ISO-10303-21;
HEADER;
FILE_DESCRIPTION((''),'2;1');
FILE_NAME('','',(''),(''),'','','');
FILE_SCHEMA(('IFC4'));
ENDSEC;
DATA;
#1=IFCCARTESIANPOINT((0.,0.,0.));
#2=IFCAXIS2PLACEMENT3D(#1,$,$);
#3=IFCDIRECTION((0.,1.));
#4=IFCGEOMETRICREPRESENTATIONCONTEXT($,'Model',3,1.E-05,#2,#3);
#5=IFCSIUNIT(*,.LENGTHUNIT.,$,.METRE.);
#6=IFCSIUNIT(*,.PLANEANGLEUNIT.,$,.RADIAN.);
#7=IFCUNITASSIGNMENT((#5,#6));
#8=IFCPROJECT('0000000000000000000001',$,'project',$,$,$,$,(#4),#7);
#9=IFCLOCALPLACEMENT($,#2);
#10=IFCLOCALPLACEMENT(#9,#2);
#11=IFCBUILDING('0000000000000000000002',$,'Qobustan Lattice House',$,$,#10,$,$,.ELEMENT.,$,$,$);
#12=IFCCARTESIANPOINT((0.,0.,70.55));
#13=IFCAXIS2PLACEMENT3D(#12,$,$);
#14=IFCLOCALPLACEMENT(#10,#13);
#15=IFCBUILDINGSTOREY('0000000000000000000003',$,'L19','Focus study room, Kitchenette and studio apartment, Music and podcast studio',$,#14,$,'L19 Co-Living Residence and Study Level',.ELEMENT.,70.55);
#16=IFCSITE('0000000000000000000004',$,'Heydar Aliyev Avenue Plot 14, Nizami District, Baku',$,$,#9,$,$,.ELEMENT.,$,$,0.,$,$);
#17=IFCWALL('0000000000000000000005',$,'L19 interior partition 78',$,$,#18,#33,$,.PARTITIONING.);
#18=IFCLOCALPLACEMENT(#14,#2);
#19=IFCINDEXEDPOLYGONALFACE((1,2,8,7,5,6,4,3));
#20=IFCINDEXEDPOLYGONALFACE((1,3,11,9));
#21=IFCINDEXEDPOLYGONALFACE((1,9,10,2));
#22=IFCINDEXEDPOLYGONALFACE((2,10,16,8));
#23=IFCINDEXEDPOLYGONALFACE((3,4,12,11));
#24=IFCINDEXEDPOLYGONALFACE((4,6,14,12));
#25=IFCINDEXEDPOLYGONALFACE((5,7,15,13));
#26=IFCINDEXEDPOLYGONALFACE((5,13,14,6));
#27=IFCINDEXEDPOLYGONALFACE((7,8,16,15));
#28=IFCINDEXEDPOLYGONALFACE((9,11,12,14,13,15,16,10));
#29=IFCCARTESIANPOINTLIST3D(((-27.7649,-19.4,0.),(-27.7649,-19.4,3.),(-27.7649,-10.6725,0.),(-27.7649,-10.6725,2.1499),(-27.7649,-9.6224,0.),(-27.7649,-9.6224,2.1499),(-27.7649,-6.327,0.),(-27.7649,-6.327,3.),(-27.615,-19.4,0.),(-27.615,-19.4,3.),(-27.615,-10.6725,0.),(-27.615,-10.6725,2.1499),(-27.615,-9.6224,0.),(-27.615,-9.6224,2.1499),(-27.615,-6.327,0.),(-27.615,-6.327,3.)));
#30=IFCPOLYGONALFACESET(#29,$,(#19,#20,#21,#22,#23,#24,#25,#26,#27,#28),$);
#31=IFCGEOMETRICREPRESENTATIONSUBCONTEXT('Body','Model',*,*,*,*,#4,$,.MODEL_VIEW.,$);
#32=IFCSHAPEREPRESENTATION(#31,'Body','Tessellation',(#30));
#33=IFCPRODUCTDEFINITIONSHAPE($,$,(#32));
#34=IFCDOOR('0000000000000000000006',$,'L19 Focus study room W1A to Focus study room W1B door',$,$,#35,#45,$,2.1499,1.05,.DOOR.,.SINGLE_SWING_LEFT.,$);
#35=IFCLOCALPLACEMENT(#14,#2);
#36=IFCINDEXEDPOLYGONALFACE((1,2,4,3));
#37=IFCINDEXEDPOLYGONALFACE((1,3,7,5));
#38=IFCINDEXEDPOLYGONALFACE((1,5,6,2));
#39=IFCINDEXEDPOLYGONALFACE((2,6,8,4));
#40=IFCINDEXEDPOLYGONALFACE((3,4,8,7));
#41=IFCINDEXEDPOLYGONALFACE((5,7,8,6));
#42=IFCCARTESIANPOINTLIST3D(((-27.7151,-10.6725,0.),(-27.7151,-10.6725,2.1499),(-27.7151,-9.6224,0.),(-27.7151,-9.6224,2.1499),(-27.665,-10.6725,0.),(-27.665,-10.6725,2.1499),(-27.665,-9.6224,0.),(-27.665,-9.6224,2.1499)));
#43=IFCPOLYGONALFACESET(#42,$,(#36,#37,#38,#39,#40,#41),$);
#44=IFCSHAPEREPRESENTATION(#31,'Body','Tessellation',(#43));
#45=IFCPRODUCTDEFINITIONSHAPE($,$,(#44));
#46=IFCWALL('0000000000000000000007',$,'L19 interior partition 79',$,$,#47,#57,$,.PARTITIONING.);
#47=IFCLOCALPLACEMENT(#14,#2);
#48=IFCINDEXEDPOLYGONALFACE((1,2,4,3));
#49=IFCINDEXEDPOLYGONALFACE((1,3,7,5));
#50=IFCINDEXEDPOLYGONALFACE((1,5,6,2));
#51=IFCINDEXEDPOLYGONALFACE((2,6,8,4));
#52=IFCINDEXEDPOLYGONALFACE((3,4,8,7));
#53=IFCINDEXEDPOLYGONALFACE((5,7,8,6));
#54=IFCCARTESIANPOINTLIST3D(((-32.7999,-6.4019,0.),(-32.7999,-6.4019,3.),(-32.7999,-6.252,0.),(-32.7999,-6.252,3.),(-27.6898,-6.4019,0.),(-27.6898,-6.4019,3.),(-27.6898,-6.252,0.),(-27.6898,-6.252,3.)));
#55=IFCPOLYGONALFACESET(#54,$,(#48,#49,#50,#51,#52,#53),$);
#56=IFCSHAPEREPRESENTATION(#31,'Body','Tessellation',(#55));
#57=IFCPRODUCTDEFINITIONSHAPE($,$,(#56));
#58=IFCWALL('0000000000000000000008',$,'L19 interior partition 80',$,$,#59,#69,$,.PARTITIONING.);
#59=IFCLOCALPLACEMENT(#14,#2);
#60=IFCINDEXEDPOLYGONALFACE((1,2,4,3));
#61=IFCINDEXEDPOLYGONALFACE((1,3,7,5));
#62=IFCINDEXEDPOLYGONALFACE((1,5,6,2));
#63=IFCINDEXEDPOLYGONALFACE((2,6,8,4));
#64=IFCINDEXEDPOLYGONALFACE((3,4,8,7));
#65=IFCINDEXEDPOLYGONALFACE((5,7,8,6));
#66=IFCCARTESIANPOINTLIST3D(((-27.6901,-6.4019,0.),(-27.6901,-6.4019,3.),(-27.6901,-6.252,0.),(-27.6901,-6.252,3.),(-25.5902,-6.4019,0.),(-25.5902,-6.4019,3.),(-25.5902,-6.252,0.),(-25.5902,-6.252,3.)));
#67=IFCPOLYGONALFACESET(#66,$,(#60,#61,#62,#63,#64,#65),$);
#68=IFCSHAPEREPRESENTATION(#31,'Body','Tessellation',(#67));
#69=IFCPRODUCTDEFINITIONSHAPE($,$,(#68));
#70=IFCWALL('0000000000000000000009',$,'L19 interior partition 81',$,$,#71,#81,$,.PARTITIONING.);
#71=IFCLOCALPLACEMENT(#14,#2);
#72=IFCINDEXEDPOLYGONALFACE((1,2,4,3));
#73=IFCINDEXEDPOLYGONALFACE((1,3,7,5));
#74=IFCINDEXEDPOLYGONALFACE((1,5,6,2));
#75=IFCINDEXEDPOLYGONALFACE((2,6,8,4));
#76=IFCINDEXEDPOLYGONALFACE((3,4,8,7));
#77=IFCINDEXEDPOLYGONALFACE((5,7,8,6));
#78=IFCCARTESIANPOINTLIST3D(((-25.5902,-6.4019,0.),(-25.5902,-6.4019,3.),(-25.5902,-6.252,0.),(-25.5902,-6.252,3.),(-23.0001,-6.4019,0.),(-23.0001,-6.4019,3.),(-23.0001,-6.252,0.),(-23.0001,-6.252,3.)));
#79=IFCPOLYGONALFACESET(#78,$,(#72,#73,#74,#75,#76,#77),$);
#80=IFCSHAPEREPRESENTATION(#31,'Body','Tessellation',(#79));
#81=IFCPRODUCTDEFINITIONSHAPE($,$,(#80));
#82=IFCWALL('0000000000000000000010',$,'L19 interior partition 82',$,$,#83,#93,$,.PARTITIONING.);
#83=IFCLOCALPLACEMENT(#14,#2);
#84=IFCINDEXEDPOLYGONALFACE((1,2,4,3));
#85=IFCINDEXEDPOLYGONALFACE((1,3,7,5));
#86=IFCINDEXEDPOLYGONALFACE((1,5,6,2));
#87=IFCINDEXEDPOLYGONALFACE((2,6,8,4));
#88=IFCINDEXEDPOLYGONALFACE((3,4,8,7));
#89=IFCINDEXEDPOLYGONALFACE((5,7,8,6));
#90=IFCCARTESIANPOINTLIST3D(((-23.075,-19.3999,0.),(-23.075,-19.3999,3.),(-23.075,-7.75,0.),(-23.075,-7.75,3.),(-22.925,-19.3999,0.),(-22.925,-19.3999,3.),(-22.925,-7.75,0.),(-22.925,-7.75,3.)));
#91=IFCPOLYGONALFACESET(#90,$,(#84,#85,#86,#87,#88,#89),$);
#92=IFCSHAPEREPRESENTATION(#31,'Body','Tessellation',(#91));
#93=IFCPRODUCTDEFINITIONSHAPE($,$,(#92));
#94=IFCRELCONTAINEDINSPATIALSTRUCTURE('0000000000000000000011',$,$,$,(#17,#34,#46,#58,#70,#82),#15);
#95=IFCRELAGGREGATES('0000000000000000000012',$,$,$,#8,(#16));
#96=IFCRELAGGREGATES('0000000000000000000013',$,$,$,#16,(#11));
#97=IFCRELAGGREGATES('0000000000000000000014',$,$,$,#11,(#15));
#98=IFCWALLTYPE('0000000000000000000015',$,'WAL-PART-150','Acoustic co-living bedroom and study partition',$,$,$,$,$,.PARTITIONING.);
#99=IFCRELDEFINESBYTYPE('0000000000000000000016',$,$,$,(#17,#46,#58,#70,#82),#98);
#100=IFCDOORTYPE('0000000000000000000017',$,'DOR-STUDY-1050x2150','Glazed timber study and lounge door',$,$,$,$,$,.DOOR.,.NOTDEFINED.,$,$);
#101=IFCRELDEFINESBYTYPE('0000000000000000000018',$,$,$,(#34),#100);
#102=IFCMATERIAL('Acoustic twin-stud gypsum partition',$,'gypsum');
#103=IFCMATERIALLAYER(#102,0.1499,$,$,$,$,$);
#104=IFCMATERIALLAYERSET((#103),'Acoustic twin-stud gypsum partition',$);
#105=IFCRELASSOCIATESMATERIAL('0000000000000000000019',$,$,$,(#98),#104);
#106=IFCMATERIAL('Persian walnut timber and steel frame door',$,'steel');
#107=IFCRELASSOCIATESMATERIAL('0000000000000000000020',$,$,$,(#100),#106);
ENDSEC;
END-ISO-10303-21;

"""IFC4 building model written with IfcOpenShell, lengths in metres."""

from ifc_helpers import new_model, si_unit, direction, frame, frame_2d, origin, place, context, subcontext, project, spatial, rectangle, extrude, material, layer, layer_set, type_object, element, fill, save


model = new_model("IFC4")

# Units and contexts
model_context = context("Model", 3, precision=1e-05, world=origin(), true_north=direction((0.0, 1.0)))
body_context = subcontext(model_context, "Body", "Model", "MODEL_VIEW")
ifc_project = project(units=[si_unit("LENGTHUNIT", "METRE"), si_unit("PLANEANGLEUNIT", "RADIAN")], contexts=[model_context])

# Site, building, storey
site_placement = place(None, origin())
site = spatial("IfcSite", under=ifc_project, at=site_placement, Name="Heydar Aliyev Avenue Plot 14, Nizami District, Baku", CompositionType="ELEMENT", RefElevation=0.0)
building_placement = place(site_placement, origin())
building = spatial("IfcBuilding", under=site, at=building_placement, Name="Qobustan Lattice House", CompositionType="ELEMENT")
storey_placement = place(building_placement, frame((0.0, 0.0, 70.55)))
storey = spatial("IfcBuildingStorey", under=building, at=storey_placement, Name="L19", Description="Focus study room, Kitchenette and studio apartment, Music and podcast studio", LongName="L19 Co-Living Residence and Study Level", CompositionType="ELEMENT", Elevation=70.55)

# Shared definitions
ifc_material_1 = material(Name="Acoustic twin-stud gypsum partition", Category="gypsum")
ifc_layer_1 = layer(ifc_material_1, 0.1499)
ifc_layer_set_1 = layer_set([ifc_layer_1], Name="Acoustic twin-stud gypsum partition")
wall_type_1 = type_object("IfcWallType", Name="WAL-PART-150", Description="Acoustic co-living bedroom and study partition", PredefinedType="PARTITIONING", material=ifc_layer_set_1)
ifc_material_2 = material(Name="Persian walnut timber and steel frame door", Category="steel")
door_type_1 = type_object("IfcDoorType", Name="DOR-STUDY-1050x2150", Description="Glazed timber study and lounge door", OperationType="NOTDEFINED", PredefinedType="DOOR", material=ifc_material_2)

# Wall, opening, door
wall_1_placement = place(storey_placement, frame((-27.6899, -6.3269, 0.0), z_axis=(0.0, 0.0, 1.0), x_axis=(0.0, -1.0, 0.0)))
wall_1 = element("IfcWall", 1, at=wall_1_placement, inside=storey, type_object=wall_type_1, Name="L19 interior partition 78", PredefinedType="PARTITIONING", context=body_context, shape_type="SweptSolid", body=[
    extrude(rectangle(XDim=13.073, YDim=0.1499, at=frame_2d((6.5366, 0.0))), origin(), (0.0, 0.0, 1.0), 3.0),
])
opening_1_placement = place(wall_1_placement, frame((3.2957, 0.0, 0.0)))
opening_1 = element("IfcOpeningElement", 2, at=opening_1_placement, cuts=wall_1, PredefinedType="OPENING", context=body_context, shape_type="SweptSolid", body=[
    extrude(rectangle(XDim=1.05, YDim=2.1499, at=frame_2d((0.5249, 1.075))), frame((0.0, 0.085, 0.0), z_axis=(0.0, -1.0, 0.0), x_axis=(1.0, 0.0, 0.0)), (0.0, 0.0, 1.0), 0.1699),
])
door_1_placement = place(opening_1_placement, origin())
door_1 = element("IfcDoor", 3, at=door_1_placement, inside=storey, type_object=door_type_1, Name="L19 Focus study room W1A to Focus study room W1B door", OperationType="SINGLE_SWING_LEFT", OverallHeight=2.1499, OverallWidth=1.05, PredefinedType="DOOR", context=body_context, shape_type="SweptSolid", body=[
    extrude(rectangle(XDim=1.05, YDim=2.1499, at=frame_2d((0.5249, 1.075))), frame((0.0, 0.0249, 0.0), z_axis=(0.0, -1.0, 0.0), x_axis=(1.0, 0.0, 0.0)), (0.0, 0.0, 1.0), 0.05),
])
fill(opening_1, door_1)

# Walls
wall_2_placement = place(storey_placement, frame((-32.8, -6.3269, 0.0), z_axis=(0.0, 0.0, 1.0), x_axis=(1.0, 0.0, 0.0)))
element("IfcWall", 4, at=wall_2_placement, inside=storey, type_object=wall_type_1, Name="L19 interior partition 79", PredefinedType="PARTITIONING", context=body_context, shape_type="SweptSolid", body=[
    extrude(rectangle(XDim=5.1101, YDim=0.1499, at=frame_2d((2.5552, 0.0))), origin(), (0.0, 0.0, 1.0), 3.0),
])
wall_3_placement = place(storey_placement, frame((-27.6899, -6.3269, 0.0), z_axis=(0.0, 0.0, 1.0), x_axis=(1.0, 0.0, 0.0)))
element("IfcWall", 5, at=wall_3_placement, inside=storey, type_object=wall_type_1, Name="L19 interior partition 80", PredefinedType="PARTITIONING", context=body_context, shape_type="SweptSolid", body=[
    extrude(rectangle(XDim=2.0999, YDim=0.1499, at=frame_2d((1.0498, 0.0))), origin(), (0.0, 0.0, 1.0), 3.0),
])
wall_4_placement = place(storey_placement, frame((-25.5901, -6.3269, 0.0), z_axis=(0.0, 0.0, 1.0), x_axis=(1.0, 0.0, 0.0)))
element("IfcWall", 6, at=wall_4_placement, inside=storey, type_object=wall_type_1, Name="L19 interior partition 81", PredefinedType="PARTITIONING", context=body_context, shape_type="SweptSolid", body=[
    extrude(rectangle(XDim=2.5901, YDim=0.1499, at=frame_2d((1.2949, 0.0))), origin(), (0.0, 0.0, 1.0), 3.0),
])
wall_5_placement = place(storey_placement, frame((-23.0, -7.75, 0.0), z_axis=(0.0, 0.0, 1.0), x_axis=(0.0, -1.0, 0.0)))
element("IfcWall", 7, at=wall_5_placement, inside=storey, type_object=wall_type_1, Name="L19 interior partition 82", PredefinedType="PARTITIONING", context=body_context, shape_type="SweptSolid", body=[
    extrude(rectangle(XDim=11.6499, YDim=0.1499, at=frame_2d((5.825, 0.0))), origin(), (0.0, 0.0, 1.0), 3.0),
])

save(model, "model.ifc")
